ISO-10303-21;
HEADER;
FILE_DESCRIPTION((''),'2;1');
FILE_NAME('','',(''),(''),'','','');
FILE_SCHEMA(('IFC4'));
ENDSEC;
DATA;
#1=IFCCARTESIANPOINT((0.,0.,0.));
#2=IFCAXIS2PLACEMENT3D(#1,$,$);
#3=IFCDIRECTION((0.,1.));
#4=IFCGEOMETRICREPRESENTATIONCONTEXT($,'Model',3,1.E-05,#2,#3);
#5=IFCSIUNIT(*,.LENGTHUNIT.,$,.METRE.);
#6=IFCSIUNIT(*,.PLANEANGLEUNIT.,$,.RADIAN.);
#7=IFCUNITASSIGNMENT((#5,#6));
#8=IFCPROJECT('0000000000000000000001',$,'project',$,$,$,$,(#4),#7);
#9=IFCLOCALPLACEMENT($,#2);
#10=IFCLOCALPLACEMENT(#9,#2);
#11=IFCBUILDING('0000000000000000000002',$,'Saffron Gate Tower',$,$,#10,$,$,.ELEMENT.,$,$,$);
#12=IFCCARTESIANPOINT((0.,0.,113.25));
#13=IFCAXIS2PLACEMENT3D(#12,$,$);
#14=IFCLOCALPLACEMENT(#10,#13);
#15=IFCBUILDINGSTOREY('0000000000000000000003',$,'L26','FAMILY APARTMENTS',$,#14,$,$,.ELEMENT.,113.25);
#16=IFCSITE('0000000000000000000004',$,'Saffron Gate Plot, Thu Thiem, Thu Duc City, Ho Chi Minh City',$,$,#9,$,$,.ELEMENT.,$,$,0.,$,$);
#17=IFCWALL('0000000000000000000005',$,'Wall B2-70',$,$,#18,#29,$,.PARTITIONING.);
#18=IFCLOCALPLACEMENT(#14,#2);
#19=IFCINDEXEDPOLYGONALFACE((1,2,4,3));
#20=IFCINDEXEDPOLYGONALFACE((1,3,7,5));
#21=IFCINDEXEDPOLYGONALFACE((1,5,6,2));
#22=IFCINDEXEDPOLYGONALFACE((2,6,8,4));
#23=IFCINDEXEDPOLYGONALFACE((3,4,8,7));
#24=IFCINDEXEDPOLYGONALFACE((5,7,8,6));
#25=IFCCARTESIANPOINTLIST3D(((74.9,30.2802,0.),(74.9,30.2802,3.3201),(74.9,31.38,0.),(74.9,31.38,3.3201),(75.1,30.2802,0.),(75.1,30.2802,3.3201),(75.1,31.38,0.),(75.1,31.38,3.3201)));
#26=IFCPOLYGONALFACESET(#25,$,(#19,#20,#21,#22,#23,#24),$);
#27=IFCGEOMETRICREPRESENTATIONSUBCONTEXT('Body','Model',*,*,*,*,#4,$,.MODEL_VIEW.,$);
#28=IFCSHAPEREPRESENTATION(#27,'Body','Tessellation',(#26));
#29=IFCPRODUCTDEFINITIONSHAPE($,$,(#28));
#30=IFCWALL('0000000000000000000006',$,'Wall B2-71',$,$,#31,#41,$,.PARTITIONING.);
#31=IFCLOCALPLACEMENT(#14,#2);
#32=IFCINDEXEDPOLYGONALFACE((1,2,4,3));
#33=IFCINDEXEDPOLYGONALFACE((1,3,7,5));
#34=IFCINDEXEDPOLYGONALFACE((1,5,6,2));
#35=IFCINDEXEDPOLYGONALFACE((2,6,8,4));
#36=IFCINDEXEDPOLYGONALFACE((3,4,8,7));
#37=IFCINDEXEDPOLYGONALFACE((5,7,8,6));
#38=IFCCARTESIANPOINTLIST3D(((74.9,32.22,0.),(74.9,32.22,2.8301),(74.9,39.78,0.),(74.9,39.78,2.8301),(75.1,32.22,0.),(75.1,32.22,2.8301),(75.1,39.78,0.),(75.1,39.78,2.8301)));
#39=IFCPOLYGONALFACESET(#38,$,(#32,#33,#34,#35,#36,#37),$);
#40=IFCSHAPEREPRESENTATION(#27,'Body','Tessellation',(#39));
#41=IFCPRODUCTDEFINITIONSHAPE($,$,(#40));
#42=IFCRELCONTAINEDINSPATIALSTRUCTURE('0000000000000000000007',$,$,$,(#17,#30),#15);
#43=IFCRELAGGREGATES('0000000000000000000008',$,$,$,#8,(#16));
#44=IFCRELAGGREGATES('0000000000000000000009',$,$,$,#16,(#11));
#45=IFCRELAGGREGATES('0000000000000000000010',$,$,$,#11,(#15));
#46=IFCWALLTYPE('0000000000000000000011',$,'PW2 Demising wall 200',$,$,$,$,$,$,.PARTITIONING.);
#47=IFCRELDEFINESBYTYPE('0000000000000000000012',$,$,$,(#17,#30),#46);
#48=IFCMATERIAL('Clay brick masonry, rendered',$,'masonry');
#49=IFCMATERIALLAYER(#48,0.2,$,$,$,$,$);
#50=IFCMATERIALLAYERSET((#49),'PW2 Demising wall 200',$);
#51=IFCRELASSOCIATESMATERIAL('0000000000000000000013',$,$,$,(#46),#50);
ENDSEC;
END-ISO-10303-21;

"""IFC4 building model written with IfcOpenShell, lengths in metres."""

from ifc_helpers import new_model, si_unit, direction, frame, frame_2d, origin, place, context, subcontext, project, spatial, rectangle, extrude, material, layer, layer_set, type_object, element, save


model = new_model("IFC4")

# Units and contexts
model_context = context("Model", 3, precision=1e-05, world=origin(), true_north=direction((0.0, 1.0)))
body_context = subcontext(model_context, "Body", "Model", "MODEL_VIEW")
ifc_project = project(units=[si_unit("LENGTHUNIT", "METRE"), si_unit("PLANEANGLEUNIT", "RADIAN")], contexts=[model_context])

# Site, building, storey
site_placement = place(None, origin())
site = spatial("IfcSite", under=ifc_project, at=site_placement, Name="Saffron Gate Plot, Thu Thiem, Thu Duc City, Ho Chi Minh City", CompositionType="ELEMENT", RefElevation=0.0)
building_placement = place(site_placement, origin())
building = spatial("IfcBuilding", under=site, at=building_placement, Name="Saffron Gate Tower", CompositionType="ELEMENT")
storey_placement = place(building_placement, frame((0.0, 0.0, 113.25)))
storey = spatial("IfcBuildingStorey", under=building, at=storey_placement, Name="L26", Description="FAMILY APARTMENTS", CompositionType="ELEMENT", Elevation=113.25)

# Walls
ifc_material_1 = material(Name="Clay brick masonry, rendered", Category="masonry")
ifc_layer_1 = layer(ifc_material_1, 0.2)
ifc_layer_set_1 = layer_set([ifc_layer_1], Name="PW2 Demising wall 200")
wall_type_1 = type_object("IfcWallType", Name="PW2 Demising wall 200", PredefinedType="PARTITIONING", material=ifc_layer_set_1)
wall_1_placement = place(storey_placement, frame((75.0, 31.3799, 0.0), z_axis=(0.0, 0.0, 1.0), x_axis=(0.0, -1.0, 0.0)))
element("IfcWall", 1, at=wall_1_placement, inside=storey, type_object=wall_type_1, Name="Wall B2-70", PredefinedType="PARTITIONING", context=body_context, shape_type="SweptSolid", body=[
    extrude(rectangle(XDim=1.0999, YDim=0.2, at=frame_2d((0.5498, 0.0))), origin(), (0.0, 0.0, 1.0), 3.3201),
])
wall_2_placement = place(storey_placement, frame((75.0, 39.78, 0.0), z_axis=(0.0, 0.0, 1.0), x_axis=(0.0, -1.0, 0.0)))
element("IfcWall", 2, at=wall_2_placement, inside=storey, type_object=wall_type_1, Name="Wall B2-71", PredefinedType="PARTITIONING", context=body_context, shape_type="SweptSolid", body=[
    extrude(rectangle(XDim=7.5601, YDim=0.2, at=frame_2d((3.78, 0.0))), origin(), (0.0, 0.0, 1.0), 2.8301),
])

save(model, "model.ifc")
